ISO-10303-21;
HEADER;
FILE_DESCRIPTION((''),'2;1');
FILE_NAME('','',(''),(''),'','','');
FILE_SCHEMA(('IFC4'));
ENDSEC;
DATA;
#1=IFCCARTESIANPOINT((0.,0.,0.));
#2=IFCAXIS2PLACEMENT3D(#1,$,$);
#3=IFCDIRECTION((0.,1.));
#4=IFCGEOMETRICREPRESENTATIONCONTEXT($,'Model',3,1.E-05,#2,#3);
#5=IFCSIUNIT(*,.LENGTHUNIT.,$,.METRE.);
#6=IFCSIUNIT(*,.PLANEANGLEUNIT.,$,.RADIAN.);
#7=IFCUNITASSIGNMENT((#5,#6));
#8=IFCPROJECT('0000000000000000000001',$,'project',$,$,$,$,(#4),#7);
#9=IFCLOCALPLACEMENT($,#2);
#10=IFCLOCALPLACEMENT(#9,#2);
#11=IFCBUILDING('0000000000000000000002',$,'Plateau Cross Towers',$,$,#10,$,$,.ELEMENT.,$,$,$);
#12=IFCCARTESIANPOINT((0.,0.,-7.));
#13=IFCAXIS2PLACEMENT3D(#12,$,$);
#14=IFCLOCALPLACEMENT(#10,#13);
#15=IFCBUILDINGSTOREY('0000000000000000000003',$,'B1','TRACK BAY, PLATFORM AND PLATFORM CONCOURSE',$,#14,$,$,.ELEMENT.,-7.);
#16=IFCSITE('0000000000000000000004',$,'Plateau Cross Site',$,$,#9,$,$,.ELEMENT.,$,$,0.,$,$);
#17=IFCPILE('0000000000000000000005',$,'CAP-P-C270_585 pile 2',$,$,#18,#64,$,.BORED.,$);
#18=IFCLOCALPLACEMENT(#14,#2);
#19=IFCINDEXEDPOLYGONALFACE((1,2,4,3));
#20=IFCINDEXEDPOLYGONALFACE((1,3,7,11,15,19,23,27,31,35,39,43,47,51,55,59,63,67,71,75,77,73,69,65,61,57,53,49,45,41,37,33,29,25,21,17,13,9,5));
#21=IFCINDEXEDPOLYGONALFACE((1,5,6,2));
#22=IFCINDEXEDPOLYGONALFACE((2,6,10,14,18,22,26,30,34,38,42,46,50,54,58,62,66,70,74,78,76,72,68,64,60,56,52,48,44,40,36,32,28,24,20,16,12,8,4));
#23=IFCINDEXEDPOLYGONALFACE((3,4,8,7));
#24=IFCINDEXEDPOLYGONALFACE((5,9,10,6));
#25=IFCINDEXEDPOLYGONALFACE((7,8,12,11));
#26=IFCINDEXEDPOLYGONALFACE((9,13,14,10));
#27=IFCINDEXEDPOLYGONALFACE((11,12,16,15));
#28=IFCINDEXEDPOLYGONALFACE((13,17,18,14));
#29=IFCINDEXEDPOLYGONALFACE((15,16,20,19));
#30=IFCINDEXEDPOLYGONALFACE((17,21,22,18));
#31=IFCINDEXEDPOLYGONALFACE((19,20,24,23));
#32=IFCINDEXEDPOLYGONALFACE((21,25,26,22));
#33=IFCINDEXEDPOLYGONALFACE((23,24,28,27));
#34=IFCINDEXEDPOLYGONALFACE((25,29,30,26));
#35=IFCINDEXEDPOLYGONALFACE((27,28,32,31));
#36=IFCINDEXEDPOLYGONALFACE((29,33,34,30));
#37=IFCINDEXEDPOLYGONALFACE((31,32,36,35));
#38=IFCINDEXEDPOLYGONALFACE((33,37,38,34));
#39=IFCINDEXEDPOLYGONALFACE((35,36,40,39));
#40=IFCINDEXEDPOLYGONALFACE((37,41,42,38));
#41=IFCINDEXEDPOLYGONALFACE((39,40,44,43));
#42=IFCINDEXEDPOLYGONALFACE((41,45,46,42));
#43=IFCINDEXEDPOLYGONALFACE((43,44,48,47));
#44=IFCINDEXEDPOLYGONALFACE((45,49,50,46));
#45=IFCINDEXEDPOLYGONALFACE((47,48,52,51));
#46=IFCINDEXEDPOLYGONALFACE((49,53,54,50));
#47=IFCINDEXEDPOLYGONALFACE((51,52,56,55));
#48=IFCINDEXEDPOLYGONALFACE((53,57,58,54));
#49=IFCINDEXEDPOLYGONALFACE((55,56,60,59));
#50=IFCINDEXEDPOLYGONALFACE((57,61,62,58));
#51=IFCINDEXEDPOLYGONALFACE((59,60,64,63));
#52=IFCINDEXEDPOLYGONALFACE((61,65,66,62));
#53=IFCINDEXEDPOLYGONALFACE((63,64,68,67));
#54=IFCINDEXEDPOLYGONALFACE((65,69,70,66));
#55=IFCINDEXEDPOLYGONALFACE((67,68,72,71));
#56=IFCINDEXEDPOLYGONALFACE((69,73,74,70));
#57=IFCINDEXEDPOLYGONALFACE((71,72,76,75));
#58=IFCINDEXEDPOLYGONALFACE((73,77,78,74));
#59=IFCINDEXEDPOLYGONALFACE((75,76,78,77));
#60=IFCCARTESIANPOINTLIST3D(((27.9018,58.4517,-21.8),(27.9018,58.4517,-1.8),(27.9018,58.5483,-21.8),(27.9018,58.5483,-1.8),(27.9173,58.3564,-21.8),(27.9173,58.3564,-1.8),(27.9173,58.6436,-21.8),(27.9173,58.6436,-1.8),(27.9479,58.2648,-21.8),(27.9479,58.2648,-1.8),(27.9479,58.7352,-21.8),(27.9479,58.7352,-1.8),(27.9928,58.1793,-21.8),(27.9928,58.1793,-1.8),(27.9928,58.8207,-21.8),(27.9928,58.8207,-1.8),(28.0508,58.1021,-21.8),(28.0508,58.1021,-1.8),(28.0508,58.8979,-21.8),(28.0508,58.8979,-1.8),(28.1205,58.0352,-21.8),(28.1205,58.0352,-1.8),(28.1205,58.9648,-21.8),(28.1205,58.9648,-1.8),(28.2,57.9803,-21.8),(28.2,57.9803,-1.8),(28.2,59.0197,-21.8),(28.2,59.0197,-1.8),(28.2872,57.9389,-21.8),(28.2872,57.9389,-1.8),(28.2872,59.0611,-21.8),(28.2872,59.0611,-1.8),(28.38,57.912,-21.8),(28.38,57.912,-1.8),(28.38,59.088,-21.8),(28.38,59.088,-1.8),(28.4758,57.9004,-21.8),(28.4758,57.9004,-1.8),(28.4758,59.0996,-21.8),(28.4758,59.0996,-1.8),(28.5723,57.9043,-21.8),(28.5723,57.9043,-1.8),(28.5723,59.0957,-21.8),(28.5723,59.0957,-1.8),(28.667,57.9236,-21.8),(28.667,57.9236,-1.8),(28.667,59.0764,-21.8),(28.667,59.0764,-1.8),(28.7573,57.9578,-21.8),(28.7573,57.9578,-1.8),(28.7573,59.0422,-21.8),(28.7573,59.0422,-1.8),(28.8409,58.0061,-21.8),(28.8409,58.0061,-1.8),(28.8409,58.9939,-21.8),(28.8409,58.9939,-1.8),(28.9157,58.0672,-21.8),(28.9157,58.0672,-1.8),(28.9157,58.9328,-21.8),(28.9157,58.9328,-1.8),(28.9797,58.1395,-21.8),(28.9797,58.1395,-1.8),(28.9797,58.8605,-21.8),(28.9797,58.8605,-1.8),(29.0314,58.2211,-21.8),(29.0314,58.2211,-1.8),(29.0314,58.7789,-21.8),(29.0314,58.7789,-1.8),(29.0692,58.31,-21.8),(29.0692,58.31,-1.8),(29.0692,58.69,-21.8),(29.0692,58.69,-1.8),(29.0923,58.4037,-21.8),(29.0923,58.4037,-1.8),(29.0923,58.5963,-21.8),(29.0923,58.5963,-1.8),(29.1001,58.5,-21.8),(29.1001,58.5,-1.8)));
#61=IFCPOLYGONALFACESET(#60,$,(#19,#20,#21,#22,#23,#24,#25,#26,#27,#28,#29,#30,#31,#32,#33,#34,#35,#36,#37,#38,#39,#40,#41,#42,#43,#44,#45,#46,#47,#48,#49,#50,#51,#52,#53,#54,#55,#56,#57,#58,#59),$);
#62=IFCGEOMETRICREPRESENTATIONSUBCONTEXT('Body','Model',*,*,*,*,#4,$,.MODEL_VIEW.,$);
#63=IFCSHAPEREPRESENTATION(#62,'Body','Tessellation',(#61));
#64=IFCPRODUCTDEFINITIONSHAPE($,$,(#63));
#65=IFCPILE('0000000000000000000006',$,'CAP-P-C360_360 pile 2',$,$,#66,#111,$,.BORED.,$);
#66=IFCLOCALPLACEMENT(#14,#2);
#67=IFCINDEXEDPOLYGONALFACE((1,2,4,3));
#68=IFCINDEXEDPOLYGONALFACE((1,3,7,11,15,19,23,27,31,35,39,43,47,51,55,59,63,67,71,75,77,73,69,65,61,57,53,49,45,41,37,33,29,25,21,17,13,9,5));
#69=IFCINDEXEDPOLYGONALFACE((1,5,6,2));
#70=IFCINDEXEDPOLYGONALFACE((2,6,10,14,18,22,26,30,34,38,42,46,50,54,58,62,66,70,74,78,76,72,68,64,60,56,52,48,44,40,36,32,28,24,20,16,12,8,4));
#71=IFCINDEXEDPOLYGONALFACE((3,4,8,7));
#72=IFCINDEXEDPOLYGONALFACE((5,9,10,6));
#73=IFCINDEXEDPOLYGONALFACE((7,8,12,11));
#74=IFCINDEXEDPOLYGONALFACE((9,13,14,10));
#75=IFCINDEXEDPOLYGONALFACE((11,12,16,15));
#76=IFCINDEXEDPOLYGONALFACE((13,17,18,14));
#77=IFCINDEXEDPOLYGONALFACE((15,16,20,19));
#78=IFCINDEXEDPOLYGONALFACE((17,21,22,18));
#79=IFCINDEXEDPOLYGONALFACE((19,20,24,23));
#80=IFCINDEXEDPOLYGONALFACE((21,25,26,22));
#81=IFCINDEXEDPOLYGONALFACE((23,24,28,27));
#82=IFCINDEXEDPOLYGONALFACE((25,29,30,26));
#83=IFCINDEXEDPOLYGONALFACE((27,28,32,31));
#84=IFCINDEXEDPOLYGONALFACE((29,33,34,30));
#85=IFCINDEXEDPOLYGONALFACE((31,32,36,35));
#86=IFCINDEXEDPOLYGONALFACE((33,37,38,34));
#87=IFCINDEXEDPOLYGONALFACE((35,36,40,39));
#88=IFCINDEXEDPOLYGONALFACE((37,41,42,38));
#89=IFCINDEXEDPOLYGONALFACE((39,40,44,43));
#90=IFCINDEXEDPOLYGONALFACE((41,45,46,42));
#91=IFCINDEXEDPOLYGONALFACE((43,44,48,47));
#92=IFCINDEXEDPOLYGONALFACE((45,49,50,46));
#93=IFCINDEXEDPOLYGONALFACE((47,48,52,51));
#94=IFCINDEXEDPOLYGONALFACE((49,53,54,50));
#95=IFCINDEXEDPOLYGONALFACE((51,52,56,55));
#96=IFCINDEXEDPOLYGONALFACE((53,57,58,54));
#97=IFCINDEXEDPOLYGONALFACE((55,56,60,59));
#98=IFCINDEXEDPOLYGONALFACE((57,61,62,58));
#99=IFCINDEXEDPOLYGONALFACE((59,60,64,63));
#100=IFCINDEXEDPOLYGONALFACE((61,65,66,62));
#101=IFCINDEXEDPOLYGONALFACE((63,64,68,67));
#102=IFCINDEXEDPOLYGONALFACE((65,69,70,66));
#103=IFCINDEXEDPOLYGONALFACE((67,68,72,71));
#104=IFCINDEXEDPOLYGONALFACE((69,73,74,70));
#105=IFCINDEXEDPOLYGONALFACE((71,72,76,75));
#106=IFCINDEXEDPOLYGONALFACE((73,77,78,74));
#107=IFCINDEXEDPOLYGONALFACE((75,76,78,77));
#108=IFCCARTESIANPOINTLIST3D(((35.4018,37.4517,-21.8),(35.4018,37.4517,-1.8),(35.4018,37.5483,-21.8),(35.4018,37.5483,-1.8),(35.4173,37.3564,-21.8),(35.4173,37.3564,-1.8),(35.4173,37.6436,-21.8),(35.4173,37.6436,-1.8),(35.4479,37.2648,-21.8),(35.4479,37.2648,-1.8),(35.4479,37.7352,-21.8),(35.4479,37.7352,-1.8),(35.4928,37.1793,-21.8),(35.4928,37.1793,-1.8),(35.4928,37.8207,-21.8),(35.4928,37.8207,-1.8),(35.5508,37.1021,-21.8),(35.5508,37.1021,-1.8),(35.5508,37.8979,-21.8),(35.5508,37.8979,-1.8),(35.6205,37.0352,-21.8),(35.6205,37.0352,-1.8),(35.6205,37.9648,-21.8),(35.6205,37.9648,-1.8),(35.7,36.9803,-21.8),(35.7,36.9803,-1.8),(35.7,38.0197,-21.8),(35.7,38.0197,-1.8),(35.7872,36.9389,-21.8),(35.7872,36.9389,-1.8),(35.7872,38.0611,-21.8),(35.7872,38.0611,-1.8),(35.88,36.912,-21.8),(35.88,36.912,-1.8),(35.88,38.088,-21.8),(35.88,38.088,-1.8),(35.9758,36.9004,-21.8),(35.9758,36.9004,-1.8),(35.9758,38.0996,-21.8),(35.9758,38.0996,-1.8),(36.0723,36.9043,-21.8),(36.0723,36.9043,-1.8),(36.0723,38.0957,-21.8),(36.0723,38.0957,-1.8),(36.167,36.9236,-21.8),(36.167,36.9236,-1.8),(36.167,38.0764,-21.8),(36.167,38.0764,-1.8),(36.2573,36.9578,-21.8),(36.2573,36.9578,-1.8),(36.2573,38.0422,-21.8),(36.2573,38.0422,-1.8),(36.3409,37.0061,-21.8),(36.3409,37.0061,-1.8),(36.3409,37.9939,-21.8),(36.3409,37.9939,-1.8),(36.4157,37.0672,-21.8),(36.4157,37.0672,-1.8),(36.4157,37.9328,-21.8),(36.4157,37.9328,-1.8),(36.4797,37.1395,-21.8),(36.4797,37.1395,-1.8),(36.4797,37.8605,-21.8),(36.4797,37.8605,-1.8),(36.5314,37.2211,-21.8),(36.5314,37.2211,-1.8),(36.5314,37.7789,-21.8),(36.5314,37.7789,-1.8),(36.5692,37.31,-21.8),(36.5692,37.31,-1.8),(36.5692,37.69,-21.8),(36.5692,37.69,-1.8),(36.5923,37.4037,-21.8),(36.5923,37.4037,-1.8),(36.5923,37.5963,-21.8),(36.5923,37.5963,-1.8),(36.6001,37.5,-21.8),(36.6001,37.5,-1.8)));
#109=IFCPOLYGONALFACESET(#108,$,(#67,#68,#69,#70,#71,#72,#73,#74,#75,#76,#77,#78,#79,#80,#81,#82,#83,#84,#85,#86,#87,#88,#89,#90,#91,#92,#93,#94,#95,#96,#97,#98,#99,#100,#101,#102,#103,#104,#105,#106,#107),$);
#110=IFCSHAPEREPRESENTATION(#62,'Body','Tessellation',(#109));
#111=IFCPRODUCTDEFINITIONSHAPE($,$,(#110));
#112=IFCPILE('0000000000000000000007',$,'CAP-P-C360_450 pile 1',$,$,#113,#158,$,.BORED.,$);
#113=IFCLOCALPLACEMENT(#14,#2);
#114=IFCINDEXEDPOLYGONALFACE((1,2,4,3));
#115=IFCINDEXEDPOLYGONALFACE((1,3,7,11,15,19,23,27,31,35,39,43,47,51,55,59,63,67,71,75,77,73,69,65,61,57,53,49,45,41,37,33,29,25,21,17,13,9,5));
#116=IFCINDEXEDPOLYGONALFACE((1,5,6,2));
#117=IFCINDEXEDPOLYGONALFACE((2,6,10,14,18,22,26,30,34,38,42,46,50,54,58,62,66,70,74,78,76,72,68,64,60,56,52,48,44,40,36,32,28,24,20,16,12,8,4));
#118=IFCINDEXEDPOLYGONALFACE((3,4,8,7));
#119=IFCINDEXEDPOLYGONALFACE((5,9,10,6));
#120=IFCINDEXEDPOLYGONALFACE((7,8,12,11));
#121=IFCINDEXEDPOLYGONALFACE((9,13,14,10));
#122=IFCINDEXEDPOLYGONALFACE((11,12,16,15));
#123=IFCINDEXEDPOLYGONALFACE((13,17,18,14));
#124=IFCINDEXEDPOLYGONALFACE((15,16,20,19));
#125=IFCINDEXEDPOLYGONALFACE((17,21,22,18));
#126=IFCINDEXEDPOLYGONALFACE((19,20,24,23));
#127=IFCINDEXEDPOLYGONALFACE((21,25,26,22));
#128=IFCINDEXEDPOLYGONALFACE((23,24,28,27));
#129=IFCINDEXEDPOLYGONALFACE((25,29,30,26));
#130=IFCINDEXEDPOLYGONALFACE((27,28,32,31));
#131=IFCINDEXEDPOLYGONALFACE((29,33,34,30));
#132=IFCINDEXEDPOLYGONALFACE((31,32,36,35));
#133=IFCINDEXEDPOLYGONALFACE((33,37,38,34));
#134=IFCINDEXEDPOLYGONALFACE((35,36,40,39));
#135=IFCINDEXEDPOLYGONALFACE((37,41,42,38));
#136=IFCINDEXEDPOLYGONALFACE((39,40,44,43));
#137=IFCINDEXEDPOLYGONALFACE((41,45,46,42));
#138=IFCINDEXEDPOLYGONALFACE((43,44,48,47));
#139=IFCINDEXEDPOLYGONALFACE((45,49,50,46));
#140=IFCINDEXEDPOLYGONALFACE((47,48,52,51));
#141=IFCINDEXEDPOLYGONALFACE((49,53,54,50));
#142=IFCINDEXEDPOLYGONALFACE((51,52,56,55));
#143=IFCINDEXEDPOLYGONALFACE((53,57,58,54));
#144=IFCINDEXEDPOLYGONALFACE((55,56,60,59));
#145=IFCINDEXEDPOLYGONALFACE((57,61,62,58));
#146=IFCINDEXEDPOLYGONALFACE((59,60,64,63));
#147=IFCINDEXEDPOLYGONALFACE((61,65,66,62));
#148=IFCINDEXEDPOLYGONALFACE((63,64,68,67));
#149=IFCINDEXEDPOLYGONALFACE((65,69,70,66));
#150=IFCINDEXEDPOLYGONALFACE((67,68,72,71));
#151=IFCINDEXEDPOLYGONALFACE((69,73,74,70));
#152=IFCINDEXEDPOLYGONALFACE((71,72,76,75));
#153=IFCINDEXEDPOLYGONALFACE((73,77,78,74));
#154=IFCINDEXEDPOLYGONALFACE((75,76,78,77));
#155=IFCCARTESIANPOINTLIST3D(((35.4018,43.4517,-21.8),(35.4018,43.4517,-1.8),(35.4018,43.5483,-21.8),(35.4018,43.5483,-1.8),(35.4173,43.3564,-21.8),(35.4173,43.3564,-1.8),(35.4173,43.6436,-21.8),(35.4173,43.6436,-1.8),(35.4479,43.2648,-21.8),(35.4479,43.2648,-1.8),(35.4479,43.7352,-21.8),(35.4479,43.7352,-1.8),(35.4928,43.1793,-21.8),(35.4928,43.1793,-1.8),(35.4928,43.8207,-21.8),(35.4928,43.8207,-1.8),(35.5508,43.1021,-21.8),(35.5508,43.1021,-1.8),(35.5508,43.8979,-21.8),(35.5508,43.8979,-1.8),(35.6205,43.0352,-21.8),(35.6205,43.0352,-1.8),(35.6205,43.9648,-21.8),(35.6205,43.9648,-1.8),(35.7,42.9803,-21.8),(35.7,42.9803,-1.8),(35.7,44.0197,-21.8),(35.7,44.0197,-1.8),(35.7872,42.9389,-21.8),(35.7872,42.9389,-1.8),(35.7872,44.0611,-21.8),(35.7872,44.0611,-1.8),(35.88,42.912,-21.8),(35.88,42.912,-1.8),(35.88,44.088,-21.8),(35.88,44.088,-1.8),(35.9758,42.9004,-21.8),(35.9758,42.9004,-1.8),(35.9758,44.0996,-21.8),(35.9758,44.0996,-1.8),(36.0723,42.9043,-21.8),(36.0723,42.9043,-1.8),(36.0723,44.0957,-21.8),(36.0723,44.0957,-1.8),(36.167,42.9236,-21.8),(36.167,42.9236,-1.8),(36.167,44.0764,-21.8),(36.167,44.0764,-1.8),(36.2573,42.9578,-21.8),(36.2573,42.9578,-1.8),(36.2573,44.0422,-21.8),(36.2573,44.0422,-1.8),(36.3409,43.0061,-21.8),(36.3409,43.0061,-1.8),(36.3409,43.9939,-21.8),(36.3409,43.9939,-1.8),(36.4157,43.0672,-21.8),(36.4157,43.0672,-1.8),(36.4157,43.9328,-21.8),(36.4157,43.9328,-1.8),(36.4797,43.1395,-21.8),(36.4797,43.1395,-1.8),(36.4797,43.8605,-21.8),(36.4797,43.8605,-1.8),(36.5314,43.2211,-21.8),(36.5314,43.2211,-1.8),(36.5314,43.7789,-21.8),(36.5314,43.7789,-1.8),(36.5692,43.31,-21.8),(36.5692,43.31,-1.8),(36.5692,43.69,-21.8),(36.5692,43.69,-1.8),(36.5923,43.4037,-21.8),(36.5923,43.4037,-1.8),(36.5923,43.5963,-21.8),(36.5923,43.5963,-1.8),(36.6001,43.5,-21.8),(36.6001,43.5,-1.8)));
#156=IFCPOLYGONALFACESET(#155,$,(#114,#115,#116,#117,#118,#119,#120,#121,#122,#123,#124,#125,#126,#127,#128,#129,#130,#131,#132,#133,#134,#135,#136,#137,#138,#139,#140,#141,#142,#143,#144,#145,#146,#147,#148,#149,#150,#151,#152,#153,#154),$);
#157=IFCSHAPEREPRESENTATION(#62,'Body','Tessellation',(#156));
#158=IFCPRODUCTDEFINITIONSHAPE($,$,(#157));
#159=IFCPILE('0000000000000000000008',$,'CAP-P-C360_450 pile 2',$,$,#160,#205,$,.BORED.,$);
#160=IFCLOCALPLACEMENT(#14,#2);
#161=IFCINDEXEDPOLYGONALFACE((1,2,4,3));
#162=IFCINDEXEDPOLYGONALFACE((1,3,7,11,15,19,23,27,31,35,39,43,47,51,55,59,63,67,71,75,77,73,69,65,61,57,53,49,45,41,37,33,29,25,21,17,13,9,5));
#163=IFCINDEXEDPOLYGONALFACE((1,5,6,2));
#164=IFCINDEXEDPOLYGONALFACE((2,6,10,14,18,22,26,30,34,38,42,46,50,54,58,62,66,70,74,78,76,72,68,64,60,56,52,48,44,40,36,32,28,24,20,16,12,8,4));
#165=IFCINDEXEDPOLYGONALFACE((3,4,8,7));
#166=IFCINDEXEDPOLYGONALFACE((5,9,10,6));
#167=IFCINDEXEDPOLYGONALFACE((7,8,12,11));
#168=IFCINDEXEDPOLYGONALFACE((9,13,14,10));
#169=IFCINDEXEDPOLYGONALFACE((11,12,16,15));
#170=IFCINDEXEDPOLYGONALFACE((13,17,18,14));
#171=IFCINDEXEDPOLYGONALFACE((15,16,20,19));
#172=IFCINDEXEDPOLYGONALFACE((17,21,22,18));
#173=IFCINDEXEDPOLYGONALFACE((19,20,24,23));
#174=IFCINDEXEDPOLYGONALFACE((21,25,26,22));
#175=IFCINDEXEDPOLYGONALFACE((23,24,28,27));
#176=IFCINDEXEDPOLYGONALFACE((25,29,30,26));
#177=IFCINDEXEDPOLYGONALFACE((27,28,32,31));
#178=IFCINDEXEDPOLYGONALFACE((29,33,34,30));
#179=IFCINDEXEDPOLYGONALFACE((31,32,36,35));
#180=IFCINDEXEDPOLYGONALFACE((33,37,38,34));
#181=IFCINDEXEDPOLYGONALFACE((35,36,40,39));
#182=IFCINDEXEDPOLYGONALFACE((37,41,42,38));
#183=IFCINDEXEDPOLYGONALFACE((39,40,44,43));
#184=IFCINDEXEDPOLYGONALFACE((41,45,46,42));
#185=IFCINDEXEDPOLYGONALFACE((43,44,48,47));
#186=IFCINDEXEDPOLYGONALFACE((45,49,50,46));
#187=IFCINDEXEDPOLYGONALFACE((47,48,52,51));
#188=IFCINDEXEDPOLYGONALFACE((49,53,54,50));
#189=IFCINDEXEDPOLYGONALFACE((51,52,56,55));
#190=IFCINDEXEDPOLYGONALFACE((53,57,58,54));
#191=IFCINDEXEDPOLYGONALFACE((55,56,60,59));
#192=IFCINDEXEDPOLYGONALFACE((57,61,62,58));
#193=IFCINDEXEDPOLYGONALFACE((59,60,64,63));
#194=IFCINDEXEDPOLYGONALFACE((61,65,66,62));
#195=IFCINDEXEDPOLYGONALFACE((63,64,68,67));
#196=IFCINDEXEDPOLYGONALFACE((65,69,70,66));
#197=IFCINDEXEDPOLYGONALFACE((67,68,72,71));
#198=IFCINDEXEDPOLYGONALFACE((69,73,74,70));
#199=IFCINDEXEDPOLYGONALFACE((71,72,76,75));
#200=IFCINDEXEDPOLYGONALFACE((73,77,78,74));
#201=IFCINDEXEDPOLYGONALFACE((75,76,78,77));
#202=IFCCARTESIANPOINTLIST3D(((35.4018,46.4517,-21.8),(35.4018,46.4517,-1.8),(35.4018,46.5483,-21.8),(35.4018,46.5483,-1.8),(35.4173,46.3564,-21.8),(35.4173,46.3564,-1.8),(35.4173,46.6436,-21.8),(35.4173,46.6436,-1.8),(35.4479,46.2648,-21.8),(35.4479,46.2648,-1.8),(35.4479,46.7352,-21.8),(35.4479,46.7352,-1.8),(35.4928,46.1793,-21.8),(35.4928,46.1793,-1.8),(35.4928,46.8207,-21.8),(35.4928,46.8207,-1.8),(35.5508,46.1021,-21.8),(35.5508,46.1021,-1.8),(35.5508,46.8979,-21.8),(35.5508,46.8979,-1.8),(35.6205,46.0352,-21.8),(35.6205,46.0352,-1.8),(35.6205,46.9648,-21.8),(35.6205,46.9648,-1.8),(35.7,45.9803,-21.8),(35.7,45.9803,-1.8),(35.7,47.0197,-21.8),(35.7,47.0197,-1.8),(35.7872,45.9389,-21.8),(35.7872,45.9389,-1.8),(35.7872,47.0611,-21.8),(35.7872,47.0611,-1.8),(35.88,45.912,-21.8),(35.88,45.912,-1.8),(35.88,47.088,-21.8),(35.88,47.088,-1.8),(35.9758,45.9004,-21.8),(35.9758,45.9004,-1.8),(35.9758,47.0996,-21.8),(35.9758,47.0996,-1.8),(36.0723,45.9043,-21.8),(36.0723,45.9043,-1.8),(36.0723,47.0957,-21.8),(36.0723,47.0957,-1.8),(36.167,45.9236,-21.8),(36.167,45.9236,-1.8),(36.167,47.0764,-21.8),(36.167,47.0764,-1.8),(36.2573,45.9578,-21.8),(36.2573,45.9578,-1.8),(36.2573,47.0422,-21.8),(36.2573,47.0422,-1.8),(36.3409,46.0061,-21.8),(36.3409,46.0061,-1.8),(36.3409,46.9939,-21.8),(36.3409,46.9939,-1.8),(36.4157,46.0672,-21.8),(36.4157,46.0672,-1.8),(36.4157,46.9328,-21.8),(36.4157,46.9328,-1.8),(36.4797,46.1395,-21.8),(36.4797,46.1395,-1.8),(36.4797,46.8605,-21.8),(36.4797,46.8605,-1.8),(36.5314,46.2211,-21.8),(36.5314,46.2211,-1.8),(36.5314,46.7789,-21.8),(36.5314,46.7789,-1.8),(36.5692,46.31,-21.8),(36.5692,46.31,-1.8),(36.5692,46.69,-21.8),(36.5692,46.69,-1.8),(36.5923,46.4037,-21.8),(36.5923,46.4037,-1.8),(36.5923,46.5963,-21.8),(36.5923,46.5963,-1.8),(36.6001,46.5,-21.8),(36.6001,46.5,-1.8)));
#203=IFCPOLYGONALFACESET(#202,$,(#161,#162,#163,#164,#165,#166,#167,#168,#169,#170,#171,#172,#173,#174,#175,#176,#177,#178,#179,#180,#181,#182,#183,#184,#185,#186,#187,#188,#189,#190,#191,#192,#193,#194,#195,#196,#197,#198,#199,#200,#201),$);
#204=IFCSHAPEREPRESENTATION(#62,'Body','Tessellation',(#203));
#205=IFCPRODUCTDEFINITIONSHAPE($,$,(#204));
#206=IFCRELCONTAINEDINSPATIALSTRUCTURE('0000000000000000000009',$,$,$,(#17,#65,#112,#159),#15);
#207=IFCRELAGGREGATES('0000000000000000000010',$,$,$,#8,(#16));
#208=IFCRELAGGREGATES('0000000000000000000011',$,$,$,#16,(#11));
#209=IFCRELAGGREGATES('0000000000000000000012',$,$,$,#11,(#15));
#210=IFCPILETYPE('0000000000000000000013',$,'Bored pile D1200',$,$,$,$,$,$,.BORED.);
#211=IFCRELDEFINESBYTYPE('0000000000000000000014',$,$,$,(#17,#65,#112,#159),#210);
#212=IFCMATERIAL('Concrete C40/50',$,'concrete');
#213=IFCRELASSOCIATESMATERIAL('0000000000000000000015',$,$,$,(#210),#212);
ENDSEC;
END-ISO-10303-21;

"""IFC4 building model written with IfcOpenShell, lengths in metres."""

from ifc_helpers import new_model, si_unit, direction, frame, origin, origin_2d, place, context, subcontext, project, spatial, circle, extrude, material, material_profile, profile_set, type_object, element, save


model = new_model("IFC4")

# Units and contexts
model_context = context("Model", 3, precision=1e-05, world=origin(), true_north=direction((0.0, 1.0)))
body_context = subcontext(model_context, "Body", "Model", "MODEL_VIEW")
ifc_project = project(units=[si_unit("LENGTHUNIT", "METRE"), si_unit("PLANEANGLEUNIT", "RADIAN")], contexts=[model_context])

# Site, building, storey
site_placement = place(None, origin())
site = spatial("IfcSite", under=ifc_project, at=site_placement, Name="Plateau Cross Site", CompositionType="ELEMENT", RefElevation=0.0)
building_placement = place(site_placement, origin())
building = spatial("IfcBuilding", under=site, at=building_placement, Name="Plateau Cross Towers", CompositionType="ELEMENT")
storey_placement = place(building_placement, frame((0.0, 0.0, -7.0)))
storey = spatial("IfcBuildingStorey", under=building, at=storey_placement, Name="B1", Description="TRACK BAY, PLATFORM AND PLATFORM CONCOURSE", CompositionType="ELEMENT", Elevation=-7.0)

# Piles
ifc_material_1 = material(Name="Concrete C40/50", Category="concrete")
ifc_material_profile_1 = material_profile(ifc_material_1, circle(Radius=0.6001, at=origin_2d()), Name="Bored pile D1200")
ifc_profile_set_1 = profile_set([ifc_material_profile_1], Name="Concrete C40/50")
pile_type = type_object("IfcPileType", Name="Bored pile D1200", PredefinedType="BORED", material=ifc_profile_set_1)
for number, where, z_axis, x_axis, name in (
    (1, (28.5, 58.5, -1.8), (0.0, 0.0, -1.0), (1.0, 0.0, 0.0), "CAP-P-C270_585 pile 2"),
    (2, (36.0, 37.5, -1.8), (0.0, 0.0, -1.0), (1.0, 0.0, 0.0), "CAP-P-C360_360 pile 2"),
    (3, (36.0, 43.5, -1.8), (0.0, 0.0, -1.0), (1.0, 0.0, 0.0), "CAP-P-C360_450 pile 1"),
    (4, (36.0, 46.5, -1.8), (0.0, 0.0, -1.0), (1.0, 0.0, 0.0), "CAP-P-C360_450 pile 2"),
):
    element("IfcPile", number, at=place(storey_placement, frame(where, z_axis=z_axis, x_axis=x_axis)), inside=storey, type_object=pile_type, Name=name, PredefinedType="BORED", context=body_context, shape_type="SweptSolid", body=[
        extrude(circle(Radius=0.6001, at=origin_2d()), origin(), (0.0, 0.0, 1.0), 20.0),
    ])

save(model, "model.ifc")
